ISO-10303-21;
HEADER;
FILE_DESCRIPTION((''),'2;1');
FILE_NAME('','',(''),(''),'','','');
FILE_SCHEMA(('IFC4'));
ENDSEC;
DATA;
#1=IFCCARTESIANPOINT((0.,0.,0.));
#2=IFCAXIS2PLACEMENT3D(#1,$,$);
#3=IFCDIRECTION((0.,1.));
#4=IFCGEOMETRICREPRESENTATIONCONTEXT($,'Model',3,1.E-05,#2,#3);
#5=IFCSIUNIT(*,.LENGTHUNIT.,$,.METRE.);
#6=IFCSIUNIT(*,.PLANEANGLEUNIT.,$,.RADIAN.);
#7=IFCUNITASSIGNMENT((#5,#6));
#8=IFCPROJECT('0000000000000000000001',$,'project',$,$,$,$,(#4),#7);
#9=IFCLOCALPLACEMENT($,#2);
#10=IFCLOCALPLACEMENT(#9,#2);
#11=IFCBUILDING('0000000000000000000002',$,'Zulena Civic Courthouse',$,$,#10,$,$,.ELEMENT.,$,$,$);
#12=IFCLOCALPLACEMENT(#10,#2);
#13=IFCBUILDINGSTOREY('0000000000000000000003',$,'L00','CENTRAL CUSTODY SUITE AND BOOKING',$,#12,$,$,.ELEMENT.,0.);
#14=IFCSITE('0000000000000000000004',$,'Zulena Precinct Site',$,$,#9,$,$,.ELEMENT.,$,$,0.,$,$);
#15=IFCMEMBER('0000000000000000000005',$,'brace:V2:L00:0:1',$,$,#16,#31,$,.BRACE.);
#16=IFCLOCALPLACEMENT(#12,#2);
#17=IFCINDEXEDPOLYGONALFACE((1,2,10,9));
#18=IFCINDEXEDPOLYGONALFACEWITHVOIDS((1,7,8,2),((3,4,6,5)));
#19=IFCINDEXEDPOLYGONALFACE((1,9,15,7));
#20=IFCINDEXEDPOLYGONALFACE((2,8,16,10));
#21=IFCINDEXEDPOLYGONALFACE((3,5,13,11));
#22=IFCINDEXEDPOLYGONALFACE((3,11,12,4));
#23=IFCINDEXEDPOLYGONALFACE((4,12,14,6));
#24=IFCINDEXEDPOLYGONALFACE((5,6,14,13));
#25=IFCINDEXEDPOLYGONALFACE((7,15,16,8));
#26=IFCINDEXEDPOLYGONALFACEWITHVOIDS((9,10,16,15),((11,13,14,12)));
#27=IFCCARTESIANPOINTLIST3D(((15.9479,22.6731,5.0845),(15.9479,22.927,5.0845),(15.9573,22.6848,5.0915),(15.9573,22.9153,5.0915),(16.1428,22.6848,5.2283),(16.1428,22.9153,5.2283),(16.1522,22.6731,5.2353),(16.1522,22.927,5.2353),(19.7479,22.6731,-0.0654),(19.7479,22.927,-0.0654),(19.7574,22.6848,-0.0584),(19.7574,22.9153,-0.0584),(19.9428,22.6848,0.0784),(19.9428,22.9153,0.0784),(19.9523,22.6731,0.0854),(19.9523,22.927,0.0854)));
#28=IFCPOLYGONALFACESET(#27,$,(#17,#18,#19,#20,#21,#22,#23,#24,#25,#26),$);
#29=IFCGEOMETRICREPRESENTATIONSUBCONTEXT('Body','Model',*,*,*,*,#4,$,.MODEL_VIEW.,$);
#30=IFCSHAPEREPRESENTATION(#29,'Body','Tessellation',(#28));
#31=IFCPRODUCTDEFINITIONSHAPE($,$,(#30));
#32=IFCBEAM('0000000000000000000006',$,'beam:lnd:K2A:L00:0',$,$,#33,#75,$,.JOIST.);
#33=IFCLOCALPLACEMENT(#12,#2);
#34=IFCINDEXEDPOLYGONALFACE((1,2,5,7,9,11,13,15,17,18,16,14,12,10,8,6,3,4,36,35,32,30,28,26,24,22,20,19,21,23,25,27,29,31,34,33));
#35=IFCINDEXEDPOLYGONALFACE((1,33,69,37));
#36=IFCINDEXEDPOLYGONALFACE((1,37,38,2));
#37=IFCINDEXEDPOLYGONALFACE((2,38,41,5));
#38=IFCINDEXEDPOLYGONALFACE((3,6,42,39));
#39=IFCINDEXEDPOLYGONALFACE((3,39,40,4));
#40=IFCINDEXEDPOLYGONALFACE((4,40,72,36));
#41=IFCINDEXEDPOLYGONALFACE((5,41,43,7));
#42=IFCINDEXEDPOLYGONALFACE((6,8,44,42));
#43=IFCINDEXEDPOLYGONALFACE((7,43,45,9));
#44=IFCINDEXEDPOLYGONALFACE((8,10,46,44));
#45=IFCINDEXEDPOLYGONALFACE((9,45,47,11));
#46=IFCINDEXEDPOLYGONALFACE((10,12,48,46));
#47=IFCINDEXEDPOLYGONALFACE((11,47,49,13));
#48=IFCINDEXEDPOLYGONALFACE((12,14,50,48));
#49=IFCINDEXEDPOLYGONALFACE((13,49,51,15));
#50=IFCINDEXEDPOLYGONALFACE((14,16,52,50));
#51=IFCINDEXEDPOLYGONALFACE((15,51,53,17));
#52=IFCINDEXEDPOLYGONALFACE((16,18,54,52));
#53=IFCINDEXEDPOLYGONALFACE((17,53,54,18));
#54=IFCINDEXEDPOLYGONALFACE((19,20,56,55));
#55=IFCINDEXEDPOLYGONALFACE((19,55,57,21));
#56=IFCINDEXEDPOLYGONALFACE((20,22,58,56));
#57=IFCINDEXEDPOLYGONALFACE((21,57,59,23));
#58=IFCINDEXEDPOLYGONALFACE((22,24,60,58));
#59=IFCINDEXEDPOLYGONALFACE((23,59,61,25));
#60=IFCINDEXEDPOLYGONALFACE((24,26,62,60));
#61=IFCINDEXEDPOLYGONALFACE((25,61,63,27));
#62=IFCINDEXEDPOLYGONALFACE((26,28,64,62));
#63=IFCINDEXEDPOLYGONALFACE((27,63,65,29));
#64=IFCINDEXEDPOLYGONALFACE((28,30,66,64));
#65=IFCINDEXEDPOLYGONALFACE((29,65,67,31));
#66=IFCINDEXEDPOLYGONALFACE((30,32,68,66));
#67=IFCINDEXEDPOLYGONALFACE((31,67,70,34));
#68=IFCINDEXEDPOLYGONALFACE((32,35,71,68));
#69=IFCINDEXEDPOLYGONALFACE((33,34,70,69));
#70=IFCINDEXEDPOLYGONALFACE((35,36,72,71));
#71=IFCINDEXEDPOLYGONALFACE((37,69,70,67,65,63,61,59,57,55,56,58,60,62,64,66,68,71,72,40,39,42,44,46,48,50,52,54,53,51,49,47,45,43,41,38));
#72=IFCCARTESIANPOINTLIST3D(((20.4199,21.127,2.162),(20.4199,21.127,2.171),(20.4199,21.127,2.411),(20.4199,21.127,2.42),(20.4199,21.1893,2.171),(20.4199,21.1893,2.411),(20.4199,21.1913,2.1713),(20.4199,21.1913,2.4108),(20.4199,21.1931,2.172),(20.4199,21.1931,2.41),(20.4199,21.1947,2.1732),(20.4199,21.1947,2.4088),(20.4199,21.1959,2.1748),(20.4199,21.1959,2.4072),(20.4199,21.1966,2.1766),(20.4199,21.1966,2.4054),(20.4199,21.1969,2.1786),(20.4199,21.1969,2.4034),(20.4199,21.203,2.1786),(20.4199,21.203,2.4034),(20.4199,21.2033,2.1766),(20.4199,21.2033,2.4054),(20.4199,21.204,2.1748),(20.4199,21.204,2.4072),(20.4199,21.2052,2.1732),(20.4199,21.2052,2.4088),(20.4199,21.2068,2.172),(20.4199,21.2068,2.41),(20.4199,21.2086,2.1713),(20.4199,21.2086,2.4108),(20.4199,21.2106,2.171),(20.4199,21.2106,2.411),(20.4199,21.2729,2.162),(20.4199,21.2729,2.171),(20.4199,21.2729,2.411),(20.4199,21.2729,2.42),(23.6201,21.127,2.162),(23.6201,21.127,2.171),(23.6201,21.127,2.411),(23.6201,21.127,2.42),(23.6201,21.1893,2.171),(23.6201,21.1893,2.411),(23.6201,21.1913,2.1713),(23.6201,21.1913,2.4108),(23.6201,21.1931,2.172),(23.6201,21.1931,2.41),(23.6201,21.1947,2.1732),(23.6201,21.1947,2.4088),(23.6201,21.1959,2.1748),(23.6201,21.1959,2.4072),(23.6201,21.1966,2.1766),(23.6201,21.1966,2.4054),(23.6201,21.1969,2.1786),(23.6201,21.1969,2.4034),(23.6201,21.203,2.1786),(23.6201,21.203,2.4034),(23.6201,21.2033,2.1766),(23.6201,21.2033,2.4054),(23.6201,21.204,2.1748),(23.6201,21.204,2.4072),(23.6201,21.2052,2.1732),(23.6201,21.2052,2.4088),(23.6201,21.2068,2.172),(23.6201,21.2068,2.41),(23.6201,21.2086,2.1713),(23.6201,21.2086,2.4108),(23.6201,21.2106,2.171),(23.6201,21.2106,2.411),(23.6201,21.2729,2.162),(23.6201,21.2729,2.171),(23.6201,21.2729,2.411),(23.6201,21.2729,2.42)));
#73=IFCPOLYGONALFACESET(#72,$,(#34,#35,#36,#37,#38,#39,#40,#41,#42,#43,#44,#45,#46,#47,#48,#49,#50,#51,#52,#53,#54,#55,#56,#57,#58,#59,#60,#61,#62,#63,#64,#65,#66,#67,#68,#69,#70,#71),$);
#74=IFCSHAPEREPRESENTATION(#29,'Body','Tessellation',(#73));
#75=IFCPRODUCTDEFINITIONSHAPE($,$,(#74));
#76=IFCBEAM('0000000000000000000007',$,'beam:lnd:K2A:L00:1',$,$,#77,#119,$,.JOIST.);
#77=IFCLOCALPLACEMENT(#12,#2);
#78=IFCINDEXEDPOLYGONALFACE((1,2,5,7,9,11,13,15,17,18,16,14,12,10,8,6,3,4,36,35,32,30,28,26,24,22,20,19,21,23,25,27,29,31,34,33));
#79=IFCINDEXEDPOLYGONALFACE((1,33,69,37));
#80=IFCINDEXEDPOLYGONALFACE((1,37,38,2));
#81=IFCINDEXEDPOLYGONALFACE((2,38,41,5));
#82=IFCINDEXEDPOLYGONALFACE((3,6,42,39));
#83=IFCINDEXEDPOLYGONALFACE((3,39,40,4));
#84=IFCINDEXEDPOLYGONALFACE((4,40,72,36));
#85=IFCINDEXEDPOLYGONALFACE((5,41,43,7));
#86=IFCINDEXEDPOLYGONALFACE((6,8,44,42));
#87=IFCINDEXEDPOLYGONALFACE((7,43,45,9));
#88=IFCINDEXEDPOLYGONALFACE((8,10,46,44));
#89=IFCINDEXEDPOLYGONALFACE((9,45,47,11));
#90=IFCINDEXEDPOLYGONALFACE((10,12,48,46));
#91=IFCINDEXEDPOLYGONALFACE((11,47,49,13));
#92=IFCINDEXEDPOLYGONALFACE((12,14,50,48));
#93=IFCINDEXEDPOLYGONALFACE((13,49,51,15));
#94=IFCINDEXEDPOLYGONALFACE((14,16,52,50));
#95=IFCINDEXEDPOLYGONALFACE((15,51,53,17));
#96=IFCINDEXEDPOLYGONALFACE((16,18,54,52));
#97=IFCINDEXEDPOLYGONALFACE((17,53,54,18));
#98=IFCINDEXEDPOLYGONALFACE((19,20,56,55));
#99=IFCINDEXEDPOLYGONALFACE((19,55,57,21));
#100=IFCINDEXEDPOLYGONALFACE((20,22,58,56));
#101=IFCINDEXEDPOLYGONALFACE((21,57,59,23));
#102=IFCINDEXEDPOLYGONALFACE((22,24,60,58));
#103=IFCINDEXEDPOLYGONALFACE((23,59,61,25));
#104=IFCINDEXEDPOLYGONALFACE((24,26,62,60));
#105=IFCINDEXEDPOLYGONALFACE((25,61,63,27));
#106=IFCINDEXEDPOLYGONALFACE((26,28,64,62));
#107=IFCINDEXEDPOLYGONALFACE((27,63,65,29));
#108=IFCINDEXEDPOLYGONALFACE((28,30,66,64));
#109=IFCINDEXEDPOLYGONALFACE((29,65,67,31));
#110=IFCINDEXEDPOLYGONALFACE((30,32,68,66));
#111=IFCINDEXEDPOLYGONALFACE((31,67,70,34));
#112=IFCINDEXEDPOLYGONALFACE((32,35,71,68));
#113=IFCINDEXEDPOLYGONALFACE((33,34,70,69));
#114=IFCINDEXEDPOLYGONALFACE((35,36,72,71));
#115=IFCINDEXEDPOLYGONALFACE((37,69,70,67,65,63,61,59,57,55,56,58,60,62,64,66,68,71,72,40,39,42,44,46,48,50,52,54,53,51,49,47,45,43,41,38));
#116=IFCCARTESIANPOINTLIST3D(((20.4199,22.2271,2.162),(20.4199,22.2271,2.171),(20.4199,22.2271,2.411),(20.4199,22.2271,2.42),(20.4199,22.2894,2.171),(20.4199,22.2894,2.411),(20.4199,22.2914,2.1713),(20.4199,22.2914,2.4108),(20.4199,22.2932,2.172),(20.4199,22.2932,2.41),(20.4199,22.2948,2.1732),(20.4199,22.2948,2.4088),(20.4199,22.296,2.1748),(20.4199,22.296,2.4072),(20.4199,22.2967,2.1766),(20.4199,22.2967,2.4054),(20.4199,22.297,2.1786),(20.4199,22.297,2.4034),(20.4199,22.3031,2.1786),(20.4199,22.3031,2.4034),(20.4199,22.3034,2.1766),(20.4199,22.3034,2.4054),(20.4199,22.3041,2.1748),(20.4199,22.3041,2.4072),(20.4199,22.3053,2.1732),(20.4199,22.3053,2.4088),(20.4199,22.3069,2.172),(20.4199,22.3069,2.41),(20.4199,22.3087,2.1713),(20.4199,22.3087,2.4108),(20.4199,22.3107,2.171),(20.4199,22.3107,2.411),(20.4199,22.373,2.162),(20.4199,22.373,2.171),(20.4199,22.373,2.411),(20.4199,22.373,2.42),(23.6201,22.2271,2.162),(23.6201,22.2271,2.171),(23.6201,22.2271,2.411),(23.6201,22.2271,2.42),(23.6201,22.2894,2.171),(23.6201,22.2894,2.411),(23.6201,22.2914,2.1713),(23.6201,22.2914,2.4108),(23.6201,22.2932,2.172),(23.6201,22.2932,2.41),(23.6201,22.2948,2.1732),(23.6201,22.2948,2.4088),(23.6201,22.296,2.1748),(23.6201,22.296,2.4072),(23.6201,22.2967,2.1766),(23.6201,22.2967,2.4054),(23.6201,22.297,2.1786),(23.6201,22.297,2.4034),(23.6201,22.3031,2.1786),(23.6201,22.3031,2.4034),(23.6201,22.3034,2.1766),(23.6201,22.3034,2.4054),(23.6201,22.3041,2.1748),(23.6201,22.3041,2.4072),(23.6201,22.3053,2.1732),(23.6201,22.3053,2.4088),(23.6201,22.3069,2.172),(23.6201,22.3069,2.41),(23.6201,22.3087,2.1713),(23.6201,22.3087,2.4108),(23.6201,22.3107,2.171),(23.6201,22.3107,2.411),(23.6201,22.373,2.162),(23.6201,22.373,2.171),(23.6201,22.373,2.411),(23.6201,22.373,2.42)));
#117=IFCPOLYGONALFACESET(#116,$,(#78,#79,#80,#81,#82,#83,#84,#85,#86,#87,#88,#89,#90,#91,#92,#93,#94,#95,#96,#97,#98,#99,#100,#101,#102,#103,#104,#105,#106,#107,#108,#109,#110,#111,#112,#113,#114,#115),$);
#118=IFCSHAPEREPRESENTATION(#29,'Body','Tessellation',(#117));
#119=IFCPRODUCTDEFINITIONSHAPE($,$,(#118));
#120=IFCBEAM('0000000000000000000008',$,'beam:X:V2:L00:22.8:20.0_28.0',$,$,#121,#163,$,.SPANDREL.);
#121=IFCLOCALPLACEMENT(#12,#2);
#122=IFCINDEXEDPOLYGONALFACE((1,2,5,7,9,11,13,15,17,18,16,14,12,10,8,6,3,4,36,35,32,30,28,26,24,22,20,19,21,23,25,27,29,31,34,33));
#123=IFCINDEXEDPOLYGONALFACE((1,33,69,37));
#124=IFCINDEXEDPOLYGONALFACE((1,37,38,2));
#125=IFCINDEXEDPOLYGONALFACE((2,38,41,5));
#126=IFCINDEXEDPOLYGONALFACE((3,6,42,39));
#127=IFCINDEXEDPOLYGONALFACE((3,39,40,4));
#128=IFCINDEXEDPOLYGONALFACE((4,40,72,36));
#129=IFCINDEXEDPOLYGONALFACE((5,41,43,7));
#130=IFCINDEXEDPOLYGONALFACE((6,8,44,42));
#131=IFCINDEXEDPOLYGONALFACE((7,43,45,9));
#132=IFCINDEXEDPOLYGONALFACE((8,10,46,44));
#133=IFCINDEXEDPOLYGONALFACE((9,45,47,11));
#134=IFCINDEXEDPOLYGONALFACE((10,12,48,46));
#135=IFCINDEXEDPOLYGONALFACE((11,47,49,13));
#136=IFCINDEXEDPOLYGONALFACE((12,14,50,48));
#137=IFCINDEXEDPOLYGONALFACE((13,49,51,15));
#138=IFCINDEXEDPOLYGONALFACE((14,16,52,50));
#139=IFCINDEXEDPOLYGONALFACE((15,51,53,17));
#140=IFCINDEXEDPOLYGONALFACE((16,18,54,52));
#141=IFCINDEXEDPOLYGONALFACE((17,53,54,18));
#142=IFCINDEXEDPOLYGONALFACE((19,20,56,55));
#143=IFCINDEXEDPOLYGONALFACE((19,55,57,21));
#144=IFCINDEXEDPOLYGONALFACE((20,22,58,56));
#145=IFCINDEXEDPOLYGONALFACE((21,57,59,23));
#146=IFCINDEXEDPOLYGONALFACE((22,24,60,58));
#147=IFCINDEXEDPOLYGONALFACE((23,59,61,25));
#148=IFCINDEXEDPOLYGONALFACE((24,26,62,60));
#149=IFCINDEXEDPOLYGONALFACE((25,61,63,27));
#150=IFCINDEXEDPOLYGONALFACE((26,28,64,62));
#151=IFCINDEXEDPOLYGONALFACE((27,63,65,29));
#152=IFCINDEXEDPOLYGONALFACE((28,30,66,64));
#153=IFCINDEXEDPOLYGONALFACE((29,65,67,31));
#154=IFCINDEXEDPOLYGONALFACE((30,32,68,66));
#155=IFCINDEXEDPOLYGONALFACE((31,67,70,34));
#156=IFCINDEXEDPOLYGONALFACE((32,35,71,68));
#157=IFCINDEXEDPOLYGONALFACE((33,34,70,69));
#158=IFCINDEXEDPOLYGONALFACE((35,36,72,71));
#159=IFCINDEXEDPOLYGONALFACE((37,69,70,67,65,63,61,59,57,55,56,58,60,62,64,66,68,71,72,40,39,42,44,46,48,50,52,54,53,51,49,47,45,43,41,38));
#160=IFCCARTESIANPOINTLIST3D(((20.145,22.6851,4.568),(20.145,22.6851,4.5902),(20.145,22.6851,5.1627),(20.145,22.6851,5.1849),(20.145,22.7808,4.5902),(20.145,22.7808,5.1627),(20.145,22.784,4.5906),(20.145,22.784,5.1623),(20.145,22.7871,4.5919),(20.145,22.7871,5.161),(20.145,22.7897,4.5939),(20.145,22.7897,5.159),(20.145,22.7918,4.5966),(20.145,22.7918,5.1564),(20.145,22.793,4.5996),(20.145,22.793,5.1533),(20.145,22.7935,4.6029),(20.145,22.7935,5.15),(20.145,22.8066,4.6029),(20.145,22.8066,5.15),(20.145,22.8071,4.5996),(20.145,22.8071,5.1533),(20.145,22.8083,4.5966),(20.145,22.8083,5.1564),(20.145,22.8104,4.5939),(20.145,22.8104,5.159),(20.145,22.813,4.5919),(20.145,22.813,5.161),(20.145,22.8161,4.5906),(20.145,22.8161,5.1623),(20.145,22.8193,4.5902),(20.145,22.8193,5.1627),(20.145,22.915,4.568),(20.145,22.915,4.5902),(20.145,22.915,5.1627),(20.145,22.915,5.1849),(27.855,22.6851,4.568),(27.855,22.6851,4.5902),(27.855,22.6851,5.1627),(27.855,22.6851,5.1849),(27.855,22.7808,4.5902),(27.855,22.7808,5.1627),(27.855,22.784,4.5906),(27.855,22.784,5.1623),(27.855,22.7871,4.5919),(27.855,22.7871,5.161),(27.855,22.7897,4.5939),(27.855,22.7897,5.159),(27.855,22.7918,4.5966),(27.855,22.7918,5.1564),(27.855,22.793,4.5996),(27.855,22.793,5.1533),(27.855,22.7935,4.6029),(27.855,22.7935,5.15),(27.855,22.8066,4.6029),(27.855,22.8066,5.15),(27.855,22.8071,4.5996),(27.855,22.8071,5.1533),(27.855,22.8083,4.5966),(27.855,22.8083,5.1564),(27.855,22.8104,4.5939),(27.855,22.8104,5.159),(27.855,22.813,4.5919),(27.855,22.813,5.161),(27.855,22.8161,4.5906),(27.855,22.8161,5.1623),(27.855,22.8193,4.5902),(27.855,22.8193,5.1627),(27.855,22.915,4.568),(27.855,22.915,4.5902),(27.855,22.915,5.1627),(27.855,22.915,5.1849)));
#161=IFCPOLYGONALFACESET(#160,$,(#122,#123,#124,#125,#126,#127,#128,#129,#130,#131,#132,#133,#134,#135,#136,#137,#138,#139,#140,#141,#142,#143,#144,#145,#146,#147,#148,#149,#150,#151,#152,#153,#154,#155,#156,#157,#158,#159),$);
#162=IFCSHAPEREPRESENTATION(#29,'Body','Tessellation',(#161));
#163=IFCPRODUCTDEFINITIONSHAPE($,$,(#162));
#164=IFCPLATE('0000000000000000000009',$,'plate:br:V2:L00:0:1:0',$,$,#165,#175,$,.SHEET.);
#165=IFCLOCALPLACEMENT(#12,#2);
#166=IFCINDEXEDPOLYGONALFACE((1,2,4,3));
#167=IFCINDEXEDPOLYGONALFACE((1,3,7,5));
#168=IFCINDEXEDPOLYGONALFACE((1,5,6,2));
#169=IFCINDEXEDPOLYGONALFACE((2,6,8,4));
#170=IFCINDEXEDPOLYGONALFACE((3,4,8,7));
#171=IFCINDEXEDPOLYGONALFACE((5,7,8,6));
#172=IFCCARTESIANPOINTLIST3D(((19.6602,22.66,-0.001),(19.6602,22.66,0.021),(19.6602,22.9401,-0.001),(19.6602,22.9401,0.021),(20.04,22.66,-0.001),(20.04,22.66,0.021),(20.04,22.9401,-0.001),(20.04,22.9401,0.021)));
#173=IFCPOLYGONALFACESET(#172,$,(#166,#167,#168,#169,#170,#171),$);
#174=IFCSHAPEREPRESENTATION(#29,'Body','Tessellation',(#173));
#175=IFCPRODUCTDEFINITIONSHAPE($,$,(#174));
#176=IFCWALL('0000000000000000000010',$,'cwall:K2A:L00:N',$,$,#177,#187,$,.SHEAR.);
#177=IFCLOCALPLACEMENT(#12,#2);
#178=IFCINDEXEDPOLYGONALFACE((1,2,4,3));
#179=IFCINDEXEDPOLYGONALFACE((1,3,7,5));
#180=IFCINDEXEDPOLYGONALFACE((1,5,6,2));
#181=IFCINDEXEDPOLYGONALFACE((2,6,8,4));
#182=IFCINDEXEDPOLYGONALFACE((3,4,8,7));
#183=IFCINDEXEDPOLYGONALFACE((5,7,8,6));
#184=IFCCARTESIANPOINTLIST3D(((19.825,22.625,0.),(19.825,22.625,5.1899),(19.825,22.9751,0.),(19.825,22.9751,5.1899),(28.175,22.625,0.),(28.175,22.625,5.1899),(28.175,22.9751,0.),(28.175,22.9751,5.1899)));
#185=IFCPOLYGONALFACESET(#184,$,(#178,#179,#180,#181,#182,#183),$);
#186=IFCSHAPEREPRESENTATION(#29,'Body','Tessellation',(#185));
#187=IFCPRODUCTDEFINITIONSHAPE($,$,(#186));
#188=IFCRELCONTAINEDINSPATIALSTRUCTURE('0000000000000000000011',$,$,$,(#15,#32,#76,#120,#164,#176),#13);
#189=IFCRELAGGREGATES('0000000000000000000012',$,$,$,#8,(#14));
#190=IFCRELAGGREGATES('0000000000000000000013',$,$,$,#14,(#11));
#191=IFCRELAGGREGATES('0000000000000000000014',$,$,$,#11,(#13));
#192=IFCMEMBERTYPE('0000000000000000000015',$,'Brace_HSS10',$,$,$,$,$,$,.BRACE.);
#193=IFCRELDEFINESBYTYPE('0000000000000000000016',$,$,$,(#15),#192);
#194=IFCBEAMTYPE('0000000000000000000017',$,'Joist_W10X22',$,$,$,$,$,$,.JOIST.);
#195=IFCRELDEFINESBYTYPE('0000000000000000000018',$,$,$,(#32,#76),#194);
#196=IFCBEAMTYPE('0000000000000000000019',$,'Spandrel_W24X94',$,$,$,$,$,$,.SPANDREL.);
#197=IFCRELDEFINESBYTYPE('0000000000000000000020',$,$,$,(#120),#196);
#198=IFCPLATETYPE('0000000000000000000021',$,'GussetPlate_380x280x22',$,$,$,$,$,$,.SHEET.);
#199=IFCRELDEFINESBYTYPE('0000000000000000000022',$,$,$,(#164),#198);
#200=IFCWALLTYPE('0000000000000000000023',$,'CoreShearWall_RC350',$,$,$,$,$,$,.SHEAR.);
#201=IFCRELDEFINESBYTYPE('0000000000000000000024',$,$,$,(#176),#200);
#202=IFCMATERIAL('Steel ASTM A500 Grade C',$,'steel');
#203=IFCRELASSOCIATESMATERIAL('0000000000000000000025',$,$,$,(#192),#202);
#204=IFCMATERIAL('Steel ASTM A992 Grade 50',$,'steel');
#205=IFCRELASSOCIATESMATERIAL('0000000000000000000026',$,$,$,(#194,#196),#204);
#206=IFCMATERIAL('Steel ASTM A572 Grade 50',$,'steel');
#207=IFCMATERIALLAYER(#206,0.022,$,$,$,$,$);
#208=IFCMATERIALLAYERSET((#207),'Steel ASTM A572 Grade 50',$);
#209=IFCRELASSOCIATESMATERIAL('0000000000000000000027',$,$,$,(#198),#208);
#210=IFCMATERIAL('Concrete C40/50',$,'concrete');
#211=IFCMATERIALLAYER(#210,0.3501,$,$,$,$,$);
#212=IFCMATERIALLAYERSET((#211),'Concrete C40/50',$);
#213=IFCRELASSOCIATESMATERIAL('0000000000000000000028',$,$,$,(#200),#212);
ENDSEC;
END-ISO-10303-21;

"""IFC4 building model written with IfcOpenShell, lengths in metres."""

from ifc_helpers import new_model, si_unit, direction, frame, frame_2d, origin, origin_2d, place, context, subcontext, project, spatial, rectangle, hollow_rectangle, i_section, extrude, material, layer, layer_set, material_profile, profile_set, type_object, element, save


model = new_model("IFC4")

# Units and contexts
model_context = context("Model", 3, precision=1e-05, world=origin(), true_north=direction((0.0, 1.0)))
body_context = subcontext(model_context, "Body", "Model", "MODEL_VIEW")
ifc_project = project(units=[si_unit("LENGTHUNIT", "METRE"), si_unit("PLANEANGLEUNIT", "RADIAN")], contexts=[model_context])

# Site, building, storey
site_placement = place(None, origin())
site = spatial("IfcSite", under=ifc_project, at=site_placement, Name="Zulena Precinct Site", CompositionType="ELEMENT", RefElevation=0.0)
building_placement = place(site_placement, origin())
building = spatial("IfcBuilding", under=site, at=building_placement, Name="Zulena Civic Courthouse", CompositionType="ELEMENT")
storey_placement = place(building_placement, origin())
storey = spatial("IfcBuildingStorey", under=building, at=storey_placement, Name="L00", Description="CENTRAL CUSTODY SUITE AND BOOKING", CompositionType="ELEMENT", Elevation=0.0)

# Shared definitions
ifc_material_1 = material(Name="Concrete C40/50", Category="concrete")

# Shared definitions
ifc_material_2 = material(Name="Steel ASTM A992 Grade 50", Category="steel")

# Member
ifc_material_3 = material(Name="Steel ASTM A500 Grade C", Category="steel")
ifc_material_profile_1 = material_profile(ifc_material_3, hollow_rectangle(XDim=0.2539, YDim=0.2539, WallThickness=0.0117, at=origin_2d()), Name="HSS10X10X1/2")
ifc_profile_set_1 = profile_set([ifc_material_profile_1], Name="Steel ASTM A500 Grade C")
member_type = type_object("IfcMemberType", Name="Brace_HSS10", PredefinedType="BRACE", material=ifc_profile_set_1)
member_placement = place(storey_placement, frame((19.8501, 22.8, 0.01), z_axis=(-0.593744, 0.0, 0.804654), x_axis=(0.0, -1.0, 0.0)))
element("IfcMember", 1, at=member_placement, inside=storey, type_object=member_type, Name="brace:V2:L00:0:1", PredefinedType="BRACE", context=body_context, shape_type="SweptSolid", body=[
    extrude(hollow_rectangle(XDim=0.2539, YDim=0.2539, WallThickness=0.0117, at=origin_2d()), origin(), (0.0, 0.0, 1.0), 6.4001),
])

# Beams
ifc_material_profile_2 = material_profile(ifc_material_2, i_section(OverallWidth=0.146, OverallDepth=0.2581, WebThickness=0.0061, FlangeThickness=0.009, FilletRadius=0.0076, at=origin_2d()), Name="W10X22")
ifc_profile_set_2 = profile_set([ifc_material_profile_2], Name="Steel ASTM A992 Grade 50")
beam_type_1 = type_object("IfcBeamType", Name="Joist_W10X22", PredefinedType="JOIST", material=ifc_profile_set_2)
for number, where, z_axis, x_axis, name in (
    (2, (20.4199, 21.2, 2.291), (1.0, 0.0, 0.0), (0.0, 1.0, 0.0), "beam:lnd:K2A:L00:0"),
    (3, (20.4199, 22.3, 2.291), (1.0, 0.0, 0.0), (0.0, 1.0, 0.0), "beam:lnd:K2A:L00:1"),
):
    element("IfcBeam", number, at=place(storey_placement, frame(where, z_axis=z_axis, x_axis=x_axis)), inside=storey, type_object=beam_type_1, Name=name, PredefinedType="JOIST", context=body_context, shape_type="SweptSolid", body=[
        extrude(i_section(OverallWidth=0.146, OverallDepth=0.2581, WebThickness=0.0061, FlangeThickness=0.009, FilletRadius=0.0076, at=origin_2d()), origin(), (0.0, 0.0, 1.0), 3.2002),
    ])
ifc_material_profile_3 = material_profile(ifc_material_2, i_section(OverallWidth=0.23, OverallDepth=0.6169, WebThickness=0.0132, FlangeThickness=0.0222, FilletRadius=0.0127, at=origin_2d()), Name="W24X94")
ifc_profile_set_3 = profile_set([ifc_material_profile_3], Name="Steel ASTM A992 Grade 50")
beam_type_2 = type_object("IfcBeamType", Name="Spandrel_W24X94", PredefinedType="SPANDREL", material=ifc_profile_set_3)
beam_placement = place(storey_placement, frame((20.145, 22.8, 4.8765), z_axis=(1.0, 0.0, 0.0), x_axis=(0.0, 1.0, 0.0)))
element("IfcBeam", 4, at=beam_placement, inside=storey, type_object=beam_type_2, Name="beam:X:V2:L00:22.8:20.0_28.0", PredefinedType="SPANDREL", context=body_context, shape_type="SweptSolid", body=[
    extrude(i_section(OverallWidth=0.23, OverallDepth=0.6169, WebThickness=0.0132, FlangeThickness=0.0222, FilletRadius=0.0127, at=origin_2d()), origin(), (0.0, 0.0, 1.0), 7.71),
])

# Plate
ifc_material_4 = material(Name="Steel ASTM A572 Grade 50", Category="steel")
ifc_layer_1 = layer(ifc_material_4, 0.022)
ifc_layer_set_1 = layer_set([ifc_layer_1], Name="Steel ASTM A572 Grade 50")
plate_type = type_object("IfcPlateType", Name="GussetPlate_380x280x22", PredefinedType="SHEET", material=ifc_layer_set_1)
plate_placement = place(storey_placement, frame((19.8501, 22.8, -0.001), z_axis=(0.0, 0.0, 1.0), x_axis=(1.0, 0.0, 0.0)))
element("IfcPlate", 5, at=plate_placement, inside=storey, type_object=plate_type, Name="plate:br:V2:L00:0:1:0", PredefinedType="SHEET", context=body_context, shape_type="SweptSolid", body=[
    extrude(rectangle(XDim=0.3799, YDim=0.28, at=origin_2d()), origin(), (0.0, 0.0, 1.0), 0.022),
])

# Wall
ifc_layer_2 = layer(ifc_material_1, 0.3501)
ifc_layer_set_2 = layer_set([ifc_layer_2], Name="Concrete C40/50")
wall_type = type_object("IfcWallType", Name="CoreShearWall_RC350", PredefinedType="SHEAR", material=ifc_layer_set_2)
wall_placement = place(storey_placement, frame((19.825, 22.8, 0.0), z_axis=(0.0, 0.0, 1.0), x_axis=(1.0, 0.0, 0.0)))
element("IfcWall", 6, at=wall_placement, inside=storey, type_object=wall_type, Name="cwall:K2A:L00:N", PredefinedType="SHEAR", context=body_context, shape_type="SweptSolid", body=[
    extrude(rectangle(XDim=8.3501, YDim=0.3501, at=frame_2d((4.175, 0.0))), origin(), (0.0, 0.0, 1.0), 5.1899),
])

save(model, "model.ifc")
